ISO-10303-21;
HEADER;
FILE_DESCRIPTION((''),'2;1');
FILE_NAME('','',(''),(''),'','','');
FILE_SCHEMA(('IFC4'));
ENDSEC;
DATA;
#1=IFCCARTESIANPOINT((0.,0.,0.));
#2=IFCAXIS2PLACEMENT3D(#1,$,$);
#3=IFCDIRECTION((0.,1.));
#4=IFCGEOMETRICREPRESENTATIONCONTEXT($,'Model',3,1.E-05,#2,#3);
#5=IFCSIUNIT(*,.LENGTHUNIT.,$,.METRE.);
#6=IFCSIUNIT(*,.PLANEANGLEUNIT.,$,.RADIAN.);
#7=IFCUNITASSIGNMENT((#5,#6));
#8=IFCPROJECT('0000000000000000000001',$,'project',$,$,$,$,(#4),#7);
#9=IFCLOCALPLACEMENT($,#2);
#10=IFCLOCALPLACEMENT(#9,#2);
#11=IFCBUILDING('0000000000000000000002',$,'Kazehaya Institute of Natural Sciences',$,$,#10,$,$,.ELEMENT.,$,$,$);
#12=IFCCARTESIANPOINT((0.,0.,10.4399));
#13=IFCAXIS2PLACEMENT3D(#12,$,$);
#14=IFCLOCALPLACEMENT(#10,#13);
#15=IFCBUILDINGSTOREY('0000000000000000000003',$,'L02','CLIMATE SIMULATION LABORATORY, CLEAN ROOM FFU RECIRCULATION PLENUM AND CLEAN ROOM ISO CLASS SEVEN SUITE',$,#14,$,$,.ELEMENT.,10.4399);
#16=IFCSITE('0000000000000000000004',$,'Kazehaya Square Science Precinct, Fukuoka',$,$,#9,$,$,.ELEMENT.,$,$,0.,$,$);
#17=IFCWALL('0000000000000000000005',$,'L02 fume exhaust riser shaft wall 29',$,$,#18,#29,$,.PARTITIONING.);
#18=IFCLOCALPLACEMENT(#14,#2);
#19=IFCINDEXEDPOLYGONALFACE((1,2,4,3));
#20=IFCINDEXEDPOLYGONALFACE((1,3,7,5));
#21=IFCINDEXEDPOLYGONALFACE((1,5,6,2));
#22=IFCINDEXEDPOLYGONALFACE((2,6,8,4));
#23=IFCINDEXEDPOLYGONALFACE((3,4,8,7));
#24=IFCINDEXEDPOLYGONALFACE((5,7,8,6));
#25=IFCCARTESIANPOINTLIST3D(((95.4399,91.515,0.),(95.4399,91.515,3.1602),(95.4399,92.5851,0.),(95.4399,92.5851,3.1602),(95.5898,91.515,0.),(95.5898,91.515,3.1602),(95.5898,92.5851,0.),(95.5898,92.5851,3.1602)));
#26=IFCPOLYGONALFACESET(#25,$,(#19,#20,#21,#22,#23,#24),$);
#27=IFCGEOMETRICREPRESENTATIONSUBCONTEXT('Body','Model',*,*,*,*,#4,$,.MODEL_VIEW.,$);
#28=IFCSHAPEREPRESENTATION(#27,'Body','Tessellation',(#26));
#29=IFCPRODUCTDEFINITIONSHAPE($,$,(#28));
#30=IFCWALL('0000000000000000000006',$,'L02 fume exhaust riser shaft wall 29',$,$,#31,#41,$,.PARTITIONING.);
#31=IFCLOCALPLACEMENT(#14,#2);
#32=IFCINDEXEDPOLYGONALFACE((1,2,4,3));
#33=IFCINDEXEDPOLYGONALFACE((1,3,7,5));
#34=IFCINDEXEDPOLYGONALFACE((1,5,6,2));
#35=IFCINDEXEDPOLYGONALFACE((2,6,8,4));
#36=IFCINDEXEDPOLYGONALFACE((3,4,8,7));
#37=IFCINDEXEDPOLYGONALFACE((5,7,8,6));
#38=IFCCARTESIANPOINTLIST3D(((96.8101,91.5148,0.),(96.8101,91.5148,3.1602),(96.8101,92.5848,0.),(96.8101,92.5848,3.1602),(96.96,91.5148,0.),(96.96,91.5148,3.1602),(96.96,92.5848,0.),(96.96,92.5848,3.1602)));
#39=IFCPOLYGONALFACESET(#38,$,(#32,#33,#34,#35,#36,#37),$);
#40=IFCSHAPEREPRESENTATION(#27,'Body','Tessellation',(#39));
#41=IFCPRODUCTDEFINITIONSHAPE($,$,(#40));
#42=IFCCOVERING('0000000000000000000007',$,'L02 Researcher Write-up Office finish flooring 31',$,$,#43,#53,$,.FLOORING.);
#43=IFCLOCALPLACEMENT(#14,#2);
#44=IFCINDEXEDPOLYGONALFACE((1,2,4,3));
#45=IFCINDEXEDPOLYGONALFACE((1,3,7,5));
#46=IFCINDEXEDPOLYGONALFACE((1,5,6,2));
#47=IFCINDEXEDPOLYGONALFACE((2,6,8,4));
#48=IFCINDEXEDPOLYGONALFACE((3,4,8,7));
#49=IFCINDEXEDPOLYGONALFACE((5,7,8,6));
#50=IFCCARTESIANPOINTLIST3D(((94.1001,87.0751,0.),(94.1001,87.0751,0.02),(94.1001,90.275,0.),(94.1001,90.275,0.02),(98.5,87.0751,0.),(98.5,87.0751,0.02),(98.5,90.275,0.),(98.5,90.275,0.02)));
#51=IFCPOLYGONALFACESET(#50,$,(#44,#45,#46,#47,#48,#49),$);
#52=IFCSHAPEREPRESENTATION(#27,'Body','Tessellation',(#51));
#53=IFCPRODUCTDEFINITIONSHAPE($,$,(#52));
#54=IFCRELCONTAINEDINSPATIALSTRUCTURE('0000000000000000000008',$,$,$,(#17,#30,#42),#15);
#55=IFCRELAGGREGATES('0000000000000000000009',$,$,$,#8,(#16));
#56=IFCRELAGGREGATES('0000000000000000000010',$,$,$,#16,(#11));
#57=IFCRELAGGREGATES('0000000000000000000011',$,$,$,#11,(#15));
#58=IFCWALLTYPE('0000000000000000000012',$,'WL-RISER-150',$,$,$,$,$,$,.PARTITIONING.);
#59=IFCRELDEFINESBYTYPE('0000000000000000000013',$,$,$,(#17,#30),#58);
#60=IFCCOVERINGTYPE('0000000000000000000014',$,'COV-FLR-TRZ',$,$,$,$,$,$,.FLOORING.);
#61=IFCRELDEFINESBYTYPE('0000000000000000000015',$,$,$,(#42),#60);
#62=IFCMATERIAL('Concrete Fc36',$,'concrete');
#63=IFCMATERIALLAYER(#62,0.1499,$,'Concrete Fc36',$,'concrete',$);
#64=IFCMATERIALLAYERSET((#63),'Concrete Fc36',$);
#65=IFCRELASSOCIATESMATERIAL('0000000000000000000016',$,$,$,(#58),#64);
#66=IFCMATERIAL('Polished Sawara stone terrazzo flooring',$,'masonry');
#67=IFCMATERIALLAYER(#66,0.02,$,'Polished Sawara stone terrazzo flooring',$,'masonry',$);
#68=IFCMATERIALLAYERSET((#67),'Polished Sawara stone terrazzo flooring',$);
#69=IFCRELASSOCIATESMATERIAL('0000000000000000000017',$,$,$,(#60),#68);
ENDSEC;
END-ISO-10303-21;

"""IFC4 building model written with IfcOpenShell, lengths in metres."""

from ifc_helpers import new_model, si_unit, direction, frame, frame_2d, origin, origin_2d, place, context, subcontext, project, spatial, rectangle, extrude, material, layer, layer_set, type_object, element, save


model = new_model("IFC4")

# Units and contexts
model_context = context("Model", 3, precision=1e-05, world=origin(), true_north=direction((0.0, 1.0)))
body_context = subcontext(model_context, "Body", "Model", "MODEL_VIEW")
ifc_project = project(units=[si_unit("LENGTHUNIT", "METRE"), si_unit("PLANEANGLEUNIT", "RADIAN")], contexts=[model_context])

# Site, building, storey
site_placement = place(None, origin())
site = spatial("IfcSite", under=ifc_project, at=site_placement, Name="Kazehaya Square Science Precinct, Fukuoka", CompositionType="ELEMENT", RefElevation=0.0)
building_placement = place(site_placement, origin())
building = spatial("IfcBuilding", under=site, at=building_placement, Name="Kazehaya Institute of Natural Sciences", CompositionType="ELEMENT")
storey_placement = place(building_placement, frame((0.0, 0.0, 10.4399)))
storey = spatial("IfcBuildingStorey", under=building, at=storey_placement, Name="L02", Description="CLIMATE SIMULATION LABORATORY, CLEAN ROOM FFU RECIRCULATION PLENUM AND CLEAN ROOM ISO CLASS SEVEN SUITE", CompositionType="ELEMENT", Elevation=10.4399)

# Shared definitions
ifc_material_1 = material(Name="Concrete Fc36", Category="concrete")

# Walls
ifc_layer_1 = layer(ifc_material_1, 0.1499, Name="Concrete Fc36", Category="concrete")
ifc_layer_set_1 = layer_set([ifc_layer_1], Name="Concrete Fc36")
wall_type_1 = type_object("IfcWallType", Name="WL-RISER-150", PredefinedType="PARTITIONING", material=ifc_layer_set_1)
for number, where, z_axis, x_axis, name in (
    (1, (95.5149, 91.5149, 0.0), (0.0, 0.0, 1.0), (0.0, 1.0, 0.0), "L02 fume exhaust riser shaft wall 29"),
    (2, (96.885, 92.585, 0.0), (0.0, 0.0, 1.0), (0.0, -1.0, 0.0), "L02 fume exhaust riser shaft wall 29"),
):
    element("IfcWall", number, at=place(storey_placement, frame(where, z_axis=z_axis, x_axis=x_axis)), inside=storey, type_object=wall_type_1, Name=name, PredefinedType="PARTITIONING", context=body_context, shape_type="SweptSolid", body=[
        extrude(rectangle(XDim=1.0701, YDim=0.1499, at=frame_2d((0.5352, 0.0))), origin(), (0.0, 0.0, 1.0), 3.1602),
    ])

# Covering
ifc_material_2 = material(Name="Polished Sawara stone terrazzo flooring", Category="masonry")
ifc_layer_2 = layer(ifc_material_2, 0.02, Name="Polished Sawara stone terrazzo flooring", Category="masonry")
ifc_layer_set_2 = layer_set([ifc_layer_2], Name="Polished Sawara stone terrazzo flooring")
covering_type = type_object("IfcCoveringType", Name="COV-FLR-TRZ", PredefinedType="FLOORING", material=ifc_layer_set_2)
covering_placement = place(storey_placement, frame((96.3, 88.675, 0.0), z_axis=(0.0, 0.0, 1.0), x_axis=(1.0, 0.0, 0.0)))
element("IfcCovering", 3, at=covering_placement, inside=storey, type_object=covering_type, Name="L02 Researcher Write-up Office finish flooring 31", PredefinedType="FLOORING", context=body_context, shape_type="SweptSolid", body=[
    extrude(rectangle(XDim=4.3999, YDim=3.2, at=origin_2d()), origin(), (0.0, 0.0, 1.0), 0.02),
])

save(model, "model.ifc")
